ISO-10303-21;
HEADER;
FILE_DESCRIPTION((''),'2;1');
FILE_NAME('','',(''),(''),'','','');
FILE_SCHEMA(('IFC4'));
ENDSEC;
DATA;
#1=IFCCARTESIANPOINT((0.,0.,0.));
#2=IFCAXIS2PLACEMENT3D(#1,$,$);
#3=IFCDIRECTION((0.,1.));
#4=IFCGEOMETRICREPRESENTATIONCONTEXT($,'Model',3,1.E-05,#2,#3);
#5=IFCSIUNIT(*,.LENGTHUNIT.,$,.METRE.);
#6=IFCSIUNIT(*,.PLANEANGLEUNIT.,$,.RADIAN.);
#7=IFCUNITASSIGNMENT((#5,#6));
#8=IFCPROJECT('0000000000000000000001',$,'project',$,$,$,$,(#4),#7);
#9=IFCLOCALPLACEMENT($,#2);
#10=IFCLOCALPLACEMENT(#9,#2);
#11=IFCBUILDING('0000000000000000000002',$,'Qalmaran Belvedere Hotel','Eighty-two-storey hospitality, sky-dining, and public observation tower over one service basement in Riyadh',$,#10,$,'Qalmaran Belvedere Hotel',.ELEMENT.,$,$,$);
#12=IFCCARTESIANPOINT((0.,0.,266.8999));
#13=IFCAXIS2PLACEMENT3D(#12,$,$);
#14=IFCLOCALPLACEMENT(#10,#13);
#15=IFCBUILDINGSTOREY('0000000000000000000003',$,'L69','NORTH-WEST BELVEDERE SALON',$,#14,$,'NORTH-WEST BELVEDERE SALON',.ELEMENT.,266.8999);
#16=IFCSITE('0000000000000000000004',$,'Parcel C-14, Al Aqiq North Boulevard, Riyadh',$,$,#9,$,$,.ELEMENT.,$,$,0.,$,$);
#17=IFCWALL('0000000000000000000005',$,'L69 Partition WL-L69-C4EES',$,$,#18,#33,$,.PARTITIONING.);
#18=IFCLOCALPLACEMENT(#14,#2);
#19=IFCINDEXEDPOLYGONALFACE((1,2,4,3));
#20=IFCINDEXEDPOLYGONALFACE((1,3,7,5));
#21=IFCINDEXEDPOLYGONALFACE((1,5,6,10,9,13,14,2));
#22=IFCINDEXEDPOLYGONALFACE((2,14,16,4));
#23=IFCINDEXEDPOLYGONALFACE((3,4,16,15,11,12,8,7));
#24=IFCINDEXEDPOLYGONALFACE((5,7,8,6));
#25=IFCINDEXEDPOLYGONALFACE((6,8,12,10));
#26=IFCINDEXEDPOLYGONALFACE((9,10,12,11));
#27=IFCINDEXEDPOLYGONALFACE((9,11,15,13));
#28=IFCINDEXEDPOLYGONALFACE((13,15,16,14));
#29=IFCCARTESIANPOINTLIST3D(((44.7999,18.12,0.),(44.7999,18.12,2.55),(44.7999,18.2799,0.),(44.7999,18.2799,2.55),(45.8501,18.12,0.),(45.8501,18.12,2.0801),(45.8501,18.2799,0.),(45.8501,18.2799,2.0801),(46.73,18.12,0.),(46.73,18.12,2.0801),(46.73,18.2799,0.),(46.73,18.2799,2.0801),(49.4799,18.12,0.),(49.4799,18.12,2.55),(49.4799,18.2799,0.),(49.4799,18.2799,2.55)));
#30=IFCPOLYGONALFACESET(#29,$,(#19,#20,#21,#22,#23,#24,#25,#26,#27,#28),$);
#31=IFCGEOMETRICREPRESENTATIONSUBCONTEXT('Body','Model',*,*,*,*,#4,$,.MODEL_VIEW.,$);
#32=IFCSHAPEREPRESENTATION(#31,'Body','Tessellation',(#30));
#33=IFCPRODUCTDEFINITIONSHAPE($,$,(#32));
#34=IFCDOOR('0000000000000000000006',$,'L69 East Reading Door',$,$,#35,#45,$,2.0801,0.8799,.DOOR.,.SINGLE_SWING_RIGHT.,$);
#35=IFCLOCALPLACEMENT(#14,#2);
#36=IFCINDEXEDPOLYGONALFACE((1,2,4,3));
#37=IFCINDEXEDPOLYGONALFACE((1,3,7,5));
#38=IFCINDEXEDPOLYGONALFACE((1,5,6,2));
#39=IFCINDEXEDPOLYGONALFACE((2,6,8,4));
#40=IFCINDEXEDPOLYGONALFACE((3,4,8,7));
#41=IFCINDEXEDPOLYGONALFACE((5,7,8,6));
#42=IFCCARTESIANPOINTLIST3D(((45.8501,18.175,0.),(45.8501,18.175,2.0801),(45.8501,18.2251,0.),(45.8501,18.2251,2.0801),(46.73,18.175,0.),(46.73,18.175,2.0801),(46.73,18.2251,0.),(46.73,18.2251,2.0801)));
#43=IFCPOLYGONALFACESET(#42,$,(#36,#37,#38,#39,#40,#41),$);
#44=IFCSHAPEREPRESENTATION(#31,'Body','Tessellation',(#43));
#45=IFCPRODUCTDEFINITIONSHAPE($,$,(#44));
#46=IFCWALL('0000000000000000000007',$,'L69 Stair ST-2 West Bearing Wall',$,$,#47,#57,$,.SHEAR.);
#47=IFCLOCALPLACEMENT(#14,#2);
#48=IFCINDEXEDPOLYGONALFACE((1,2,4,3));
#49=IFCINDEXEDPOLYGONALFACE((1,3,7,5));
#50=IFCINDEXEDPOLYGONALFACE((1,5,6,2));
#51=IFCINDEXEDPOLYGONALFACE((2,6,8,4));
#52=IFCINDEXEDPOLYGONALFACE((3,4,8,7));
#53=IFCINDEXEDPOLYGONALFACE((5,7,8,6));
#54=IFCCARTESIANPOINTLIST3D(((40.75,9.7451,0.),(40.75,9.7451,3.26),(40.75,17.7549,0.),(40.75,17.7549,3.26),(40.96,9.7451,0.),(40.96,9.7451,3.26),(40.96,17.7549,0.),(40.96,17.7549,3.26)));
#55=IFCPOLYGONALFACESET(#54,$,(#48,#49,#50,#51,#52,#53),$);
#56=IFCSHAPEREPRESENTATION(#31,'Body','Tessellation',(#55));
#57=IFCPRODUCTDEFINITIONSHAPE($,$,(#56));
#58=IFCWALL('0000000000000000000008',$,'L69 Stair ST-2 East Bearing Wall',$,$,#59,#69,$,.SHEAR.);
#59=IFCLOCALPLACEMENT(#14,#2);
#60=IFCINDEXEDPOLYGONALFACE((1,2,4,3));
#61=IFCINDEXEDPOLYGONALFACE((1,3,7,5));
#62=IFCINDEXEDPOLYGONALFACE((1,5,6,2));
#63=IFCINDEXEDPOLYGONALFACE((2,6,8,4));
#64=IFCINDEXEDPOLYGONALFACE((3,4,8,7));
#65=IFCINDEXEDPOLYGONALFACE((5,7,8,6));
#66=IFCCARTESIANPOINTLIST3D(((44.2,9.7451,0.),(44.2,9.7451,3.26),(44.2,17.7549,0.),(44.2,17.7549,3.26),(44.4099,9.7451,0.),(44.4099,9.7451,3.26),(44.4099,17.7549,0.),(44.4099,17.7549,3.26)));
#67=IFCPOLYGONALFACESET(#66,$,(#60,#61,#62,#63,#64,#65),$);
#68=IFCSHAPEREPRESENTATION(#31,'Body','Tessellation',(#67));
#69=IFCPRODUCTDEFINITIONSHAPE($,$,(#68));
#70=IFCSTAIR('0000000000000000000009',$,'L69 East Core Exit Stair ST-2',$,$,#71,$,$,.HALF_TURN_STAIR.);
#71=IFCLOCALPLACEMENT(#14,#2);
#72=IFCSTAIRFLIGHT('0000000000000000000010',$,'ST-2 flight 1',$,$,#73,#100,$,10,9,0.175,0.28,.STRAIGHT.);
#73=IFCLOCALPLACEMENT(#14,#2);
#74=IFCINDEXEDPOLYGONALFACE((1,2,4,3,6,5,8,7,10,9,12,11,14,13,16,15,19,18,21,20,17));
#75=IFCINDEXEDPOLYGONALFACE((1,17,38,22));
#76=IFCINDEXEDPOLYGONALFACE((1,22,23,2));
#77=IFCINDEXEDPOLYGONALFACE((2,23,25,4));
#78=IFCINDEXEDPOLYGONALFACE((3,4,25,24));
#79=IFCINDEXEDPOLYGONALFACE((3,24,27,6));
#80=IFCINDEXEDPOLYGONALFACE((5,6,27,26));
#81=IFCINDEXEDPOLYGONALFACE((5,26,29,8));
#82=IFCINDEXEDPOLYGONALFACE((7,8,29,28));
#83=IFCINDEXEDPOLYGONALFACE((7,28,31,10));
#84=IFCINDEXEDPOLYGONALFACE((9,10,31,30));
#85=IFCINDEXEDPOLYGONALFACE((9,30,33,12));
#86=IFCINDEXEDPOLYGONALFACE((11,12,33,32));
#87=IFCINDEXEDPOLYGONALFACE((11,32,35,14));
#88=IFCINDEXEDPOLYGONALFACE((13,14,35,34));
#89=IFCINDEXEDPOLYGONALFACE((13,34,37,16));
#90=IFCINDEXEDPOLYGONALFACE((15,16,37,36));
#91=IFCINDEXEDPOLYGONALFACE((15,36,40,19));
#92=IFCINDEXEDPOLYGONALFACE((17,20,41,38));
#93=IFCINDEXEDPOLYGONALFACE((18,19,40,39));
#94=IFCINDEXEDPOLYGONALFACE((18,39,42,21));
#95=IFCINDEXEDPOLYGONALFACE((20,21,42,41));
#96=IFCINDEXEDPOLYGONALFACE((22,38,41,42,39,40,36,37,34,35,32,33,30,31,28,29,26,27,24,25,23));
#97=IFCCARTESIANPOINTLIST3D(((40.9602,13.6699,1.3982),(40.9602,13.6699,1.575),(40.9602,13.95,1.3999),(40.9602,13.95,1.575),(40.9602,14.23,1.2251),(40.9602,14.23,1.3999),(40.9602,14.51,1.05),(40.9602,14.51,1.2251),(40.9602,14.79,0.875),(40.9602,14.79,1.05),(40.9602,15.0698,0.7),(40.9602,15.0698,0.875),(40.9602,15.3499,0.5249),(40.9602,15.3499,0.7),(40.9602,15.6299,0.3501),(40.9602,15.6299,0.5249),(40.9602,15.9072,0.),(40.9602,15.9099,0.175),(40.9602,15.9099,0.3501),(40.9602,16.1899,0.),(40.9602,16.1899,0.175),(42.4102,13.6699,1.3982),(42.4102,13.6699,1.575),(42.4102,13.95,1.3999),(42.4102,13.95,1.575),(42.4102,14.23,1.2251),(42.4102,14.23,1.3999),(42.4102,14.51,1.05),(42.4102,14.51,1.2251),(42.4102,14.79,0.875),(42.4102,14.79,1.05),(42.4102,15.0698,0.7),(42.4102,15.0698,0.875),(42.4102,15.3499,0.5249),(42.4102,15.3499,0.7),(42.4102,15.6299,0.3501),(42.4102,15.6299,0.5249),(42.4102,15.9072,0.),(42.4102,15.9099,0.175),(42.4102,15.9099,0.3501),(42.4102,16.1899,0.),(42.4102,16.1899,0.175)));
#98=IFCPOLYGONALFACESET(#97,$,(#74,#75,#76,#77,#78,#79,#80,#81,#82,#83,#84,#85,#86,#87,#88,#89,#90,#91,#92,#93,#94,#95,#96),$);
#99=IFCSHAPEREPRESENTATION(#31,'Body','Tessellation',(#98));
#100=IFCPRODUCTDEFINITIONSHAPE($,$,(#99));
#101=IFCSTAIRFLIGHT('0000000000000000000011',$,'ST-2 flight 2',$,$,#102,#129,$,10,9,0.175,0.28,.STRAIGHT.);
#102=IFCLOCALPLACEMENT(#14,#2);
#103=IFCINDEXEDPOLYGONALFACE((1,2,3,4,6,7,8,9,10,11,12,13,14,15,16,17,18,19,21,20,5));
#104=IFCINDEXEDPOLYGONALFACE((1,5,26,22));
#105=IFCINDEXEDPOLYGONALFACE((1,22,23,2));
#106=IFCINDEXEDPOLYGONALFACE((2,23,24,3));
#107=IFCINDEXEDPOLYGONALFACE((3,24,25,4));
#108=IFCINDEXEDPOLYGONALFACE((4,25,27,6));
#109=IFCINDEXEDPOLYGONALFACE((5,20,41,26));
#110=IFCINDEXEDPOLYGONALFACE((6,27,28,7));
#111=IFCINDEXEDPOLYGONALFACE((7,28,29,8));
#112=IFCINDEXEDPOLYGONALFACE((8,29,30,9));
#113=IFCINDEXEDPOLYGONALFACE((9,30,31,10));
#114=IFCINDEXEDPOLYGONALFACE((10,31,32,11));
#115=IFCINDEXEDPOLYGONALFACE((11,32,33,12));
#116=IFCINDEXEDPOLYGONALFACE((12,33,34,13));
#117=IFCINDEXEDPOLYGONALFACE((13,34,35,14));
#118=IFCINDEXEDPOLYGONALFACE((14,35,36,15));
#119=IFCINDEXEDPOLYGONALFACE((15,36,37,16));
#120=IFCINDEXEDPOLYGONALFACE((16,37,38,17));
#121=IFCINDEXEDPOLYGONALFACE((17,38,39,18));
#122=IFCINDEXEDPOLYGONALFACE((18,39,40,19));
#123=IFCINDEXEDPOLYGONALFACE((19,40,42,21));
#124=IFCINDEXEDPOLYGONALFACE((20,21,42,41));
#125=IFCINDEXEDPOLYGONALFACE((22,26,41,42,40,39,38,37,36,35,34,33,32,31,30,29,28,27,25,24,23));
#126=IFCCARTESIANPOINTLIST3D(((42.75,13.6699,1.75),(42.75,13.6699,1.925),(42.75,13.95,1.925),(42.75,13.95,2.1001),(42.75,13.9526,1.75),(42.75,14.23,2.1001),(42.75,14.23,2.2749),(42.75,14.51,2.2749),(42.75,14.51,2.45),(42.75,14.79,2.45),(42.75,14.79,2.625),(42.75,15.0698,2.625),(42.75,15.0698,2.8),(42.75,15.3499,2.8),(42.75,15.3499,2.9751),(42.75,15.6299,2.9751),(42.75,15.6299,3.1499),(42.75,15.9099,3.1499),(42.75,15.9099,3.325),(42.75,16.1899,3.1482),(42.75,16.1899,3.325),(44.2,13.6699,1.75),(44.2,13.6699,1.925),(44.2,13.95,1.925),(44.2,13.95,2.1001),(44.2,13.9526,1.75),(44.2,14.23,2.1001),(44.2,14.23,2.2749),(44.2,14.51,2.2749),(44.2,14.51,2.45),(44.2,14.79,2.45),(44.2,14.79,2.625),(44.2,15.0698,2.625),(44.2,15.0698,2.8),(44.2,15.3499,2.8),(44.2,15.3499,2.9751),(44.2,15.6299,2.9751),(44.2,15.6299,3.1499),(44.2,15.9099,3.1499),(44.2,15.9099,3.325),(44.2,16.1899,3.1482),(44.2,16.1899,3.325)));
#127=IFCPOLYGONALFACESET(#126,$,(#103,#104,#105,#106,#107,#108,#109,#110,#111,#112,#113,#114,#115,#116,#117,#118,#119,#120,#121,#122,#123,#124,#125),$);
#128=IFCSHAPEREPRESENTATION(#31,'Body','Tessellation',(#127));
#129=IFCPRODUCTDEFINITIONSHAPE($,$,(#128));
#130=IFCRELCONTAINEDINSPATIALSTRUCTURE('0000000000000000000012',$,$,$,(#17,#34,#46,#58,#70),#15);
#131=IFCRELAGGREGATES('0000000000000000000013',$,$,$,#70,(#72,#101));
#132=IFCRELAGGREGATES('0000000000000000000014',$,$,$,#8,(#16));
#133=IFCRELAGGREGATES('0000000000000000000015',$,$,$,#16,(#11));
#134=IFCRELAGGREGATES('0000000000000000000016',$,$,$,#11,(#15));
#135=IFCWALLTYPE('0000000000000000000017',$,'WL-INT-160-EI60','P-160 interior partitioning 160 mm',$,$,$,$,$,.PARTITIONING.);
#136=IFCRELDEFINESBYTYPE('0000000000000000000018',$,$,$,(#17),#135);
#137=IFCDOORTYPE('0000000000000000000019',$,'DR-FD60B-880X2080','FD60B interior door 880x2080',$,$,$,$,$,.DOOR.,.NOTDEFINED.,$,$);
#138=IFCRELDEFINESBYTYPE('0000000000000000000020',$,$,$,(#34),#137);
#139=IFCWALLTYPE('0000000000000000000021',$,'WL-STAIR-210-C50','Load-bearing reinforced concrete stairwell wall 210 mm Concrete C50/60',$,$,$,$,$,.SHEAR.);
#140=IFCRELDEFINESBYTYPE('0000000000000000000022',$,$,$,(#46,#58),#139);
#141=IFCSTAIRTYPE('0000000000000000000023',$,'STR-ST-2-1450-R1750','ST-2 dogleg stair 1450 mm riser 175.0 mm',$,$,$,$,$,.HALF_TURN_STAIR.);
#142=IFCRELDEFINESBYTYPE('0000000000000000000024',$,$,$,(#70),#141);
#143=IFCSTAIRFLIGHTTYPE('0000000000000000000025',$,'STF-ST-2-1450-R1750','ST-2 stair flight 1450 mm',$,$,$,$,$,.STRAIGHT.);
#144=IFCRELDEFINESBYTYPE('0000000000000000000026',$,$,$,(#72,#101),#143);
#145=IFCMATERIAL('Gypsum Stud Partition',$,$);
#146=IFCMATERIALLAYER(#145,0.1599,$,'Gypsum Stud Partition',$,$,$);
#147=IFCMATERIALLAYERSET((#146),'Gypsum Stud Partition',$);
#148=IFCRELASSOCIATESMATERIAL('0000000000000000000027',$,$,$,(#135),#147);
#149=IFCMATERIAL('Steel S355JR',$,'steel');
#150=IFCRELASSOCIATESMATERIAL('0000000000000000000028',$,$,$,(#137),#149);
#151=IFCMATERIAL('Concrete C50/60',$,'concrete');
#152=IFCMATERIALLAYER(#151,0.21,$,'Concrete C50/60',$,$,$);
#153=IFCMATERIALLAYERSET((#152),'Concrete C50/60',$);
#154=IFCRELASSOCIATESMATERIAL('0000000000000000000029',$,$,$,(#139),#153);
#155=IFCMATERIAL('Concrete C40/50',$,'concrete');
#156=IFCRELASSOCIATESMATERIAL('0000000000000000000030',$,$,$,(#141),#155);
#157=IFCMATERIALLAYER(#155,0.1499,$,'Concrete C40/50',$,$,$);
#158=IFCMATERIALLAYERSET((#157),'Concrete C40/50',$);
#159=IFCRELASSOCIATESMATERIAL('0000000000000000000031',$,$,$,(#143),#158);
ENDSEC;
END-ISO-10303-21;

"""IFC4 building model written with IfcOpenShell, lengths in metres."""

from ifc_helpers import new_model, si_unit, direction, frame, frame_2d, origin, place, context, subcontext, project, spatial, polyline, rectangle, outline, extrude, material, layer, layer_set, type_object, element, fill, aggregate, save


model = new_model("IFC4")

# Units and contexts
model_context = context("Model", 3, precision=1e-05, world=origin(), true_north=direction((0.0, 1.0)))
body_context = subcontext(model_context, "Body", "Model", "MODEL_VIEW")
ifc_project = project(units=[si_unit("LENGTHUNIT", "METRE"), si_unit("PLANEANGLEUNIT", "RADIAN")], contexts=[model_context])

# Site, building, storey
site_placement = place(None, origin())
site = spatial("IfcSite", under=ifc_project, at=site_placement, Name="Parcel C-14, Al Aqiq North Boulevard, Riyadh", CompositionType="ELEMENT", RefElevation=0.0)
building_placement = place(site_placement, origin())
building = spatial("IfcBuilding", under=site, at=building_placement, Name="Qalmaran Belvedere Hotel", Description="Eighty-two-storey hospitality, sky-dining, and public observation tower over one service basement in Riyadh", LongName="Qalmaran Belvedere Hotel", CompositionType="ELEMENT")
storey_placement = place(building_placement, frame((0.0, 0.0, 266.8999)))
storey = spatial("IfcBuildingStorey", under=building, at=storey_placement, Name="L69", Description="NORTH-WEST BELVEDERE SALON", LongName="NORTH-WEST BELVEDERE SALON", CompositionType="ELEMENT", Elevation=266.8999)

# Shared definitions
ifc_material_1 = material(Name="Concrete C50/60", Category="concrete")

# Shared definitions
ifc_material_2 = material(Name="Steel S355JR", Category="steel")

# Wall, opening, door
ifc_material_3 = material(Name="Gypsum Stud Partition")
ifc_layer_1 = layer(ifc_material_3, 0.1599, Name="Gypsum Stud Partition")
ifc_layer_set_1 = layer_set([ifc_layer_1], Name="Gypsum Stud Partition")
wall_type_1 = type_object("IfcWallType", Name="WL-INT-160-EI60", Description="P-160 interior partitioning 160 mm", PredefinedType="PARTITIONING", material=ifc_layer_set_1)
wall_1_placement = place(storey_placement, frame((44.8, 18.2, 0.0), z_axis=(0.0, 0.0, 1.0), x_axis=(1.0, 0.0, 0.0)))
wall_1 = element("IfcWall", 1, at=wall_1_placement, inside=storey, type_object=wall_type_1, Name="L69 Partition WL-L69-C4EES", PredefinedType="PARTITIONING", context=body_context, shape_type="SweptSolid", body=[
    extrude(rectangle(XDim=4.6799, YDim=0.1599, at=frame_2d((2.3398, 0.0))), origin(), (0.0, 0.0, 1.0), 2.55),
])
opening_1_placement = place(wall_1_placement, frame((1.9299, 0.0, 0.0), z_axis=(0.0, 0.0, 1.0), x_axis=(-1.0, 0.0, 0.0)))
opening_1 = element("IfcOpeningElement", 2, at=opening_1_placement, cuts=wall_1, PredefinedType="OPENING", context=body_context, shape_type="SweptSolid", body=[
    extrude(rectangle(XDim=0.8799, YDim=2.0801, at=frame_2d((0.4399, 1.04))), frame((0.0, 0.0898, 0.0), z_axis=(0.0, -1.0, 0.0), x_axis=(1.0, 0.0, 0.0)), (0.0, 0.0, 1.0), 0.1799),
])
door_type = type_object("IfcDoorType", Name="DR-FD60B-880X2080", Description="FD60B interior door 880x2080", OperationType="NOTDEFINED", PredefinedType="DOOR", material=ifc_material_2)
door_placement = place(opening_1_placement, origin())
door = element("IfcDoor", 3, at=door_placement, inside=storey, type_object=door_type, Name="L69 East Reading Door", OperationType="SINGLE_SWING_RIGHT", OverallHeight=2.0801, OverallWidth=0.8799, PredefinedType="DOOR", context=body_context, shape_type="SweptSolid", body=[
    extrude(rectangle(XDim=0.8799, YDim=2.0801, at=frame_2d((0.4399, 1.04))), frame((0.0, 0.0249, 0.0), z_axis=(0.0, -1.0, 0.0), x_axis=(1.0, 0.0, 0.0)), (0.0, 0.0, 1.0), 0.05),
])
fill(opening_1, door)

# Walls
ifc_layer_2 = layer(ifc_material_1, 0.21, Name="Concrete C50/60")
ifc_layer_set_2 = layer_set([ifc_layer_2], Name="Concrete C50/60")
wall_type_2 = type_object("IfcWallType", Name="WL-STAIR-210-C50", Description="Load-bearing reinforced concrete stairwell wall 210 mm Concrete C50/60", PredefinedType="SHEAR", material=ifc_layer_set_2)
for number, where, z_axis, x_axis, name in (
    (4, (40.855, 9.7451, 0.0), (0.0, 0.0, 1.0), (0.0, 1.0, 0.0), "L69 Stair ST-2 West Bearing Wall"),
    (5, (44.3049, 9.7451, 0.0), (0.0, 0.0, 1.0), (0.0, 1.0, 0.0), "L69 Stair ST-2 East Bearing Wall"),
):
    element("IfcWall", number, at=place(storey_placement, frame(where, z_axis=z_axis, x_axis=x_axis)), inside=storey, type_object=wall_type_2, Name=name, PredefinedType="SHEAR", context=body_context, shape_type="SweptSolid", body=[
        extrude(rectangle(XDim=8.0098, YDim=0.21, at=frame_2d((4.0049, 0.0))), origin(), (0.0, 0.0, 1.0), 3.26),
    ])

# Stair, stair flights
ifc_material_4 = material(Name="Concrete C40/50", Category="concrete")
stair_type = type_object("IfcStairType", Name="STR-ST-2-1450-R1750", Description="ST-2 dogleg stair 1450 mm riser 175.0 mm", PredefinedType="HALF_TURN_STAIR", material=ifc_material_4)
stair_placement = place(storey_placement, origin())
stair = element("IfcStair", 6, at=stair_placement, inside=storey, type_object=stair_type, Name="L69 East Core Exit Stair ST-2", PredefinedType="HALF_TURN_STAIR")
ifc_layer_3 = layer(ifc_material_4, 0.1499, Name="Concrete C40/50")
ifc_layer_set_3 = layer_set([ifc_layer_3], Name="Concrete C40/50")
stair_flight_type = type_object("IfcStairFlightType", Name="STF-ST-2-1450-R1750", Description="ST-2 stair flight 1450 mm", PredefinedType="STRAIGHT", material=ifc_layer_set_3)
stair_flight_1_placement = place(storey_placement, frame((41.6851, 16.1899, 0.0), z_axis=(0.0, 0.0, 1.0), x_axis=(0.0, -1.0, 0.0)))
stair_flight_1 = element("IfcStairFlight", 7, at=stair_flight_1_placement, type_object=stair_flight_type, Name="ST-2 flight 1", NumberOfRisers=10, NumberOfTreads=9, PredefinedType="STRAIGHT", RiserHeight=0.175, TreadLength=0.28, context=body_context, shape_type="SweptSolid", body=[
    extrude(outline(polyline([(0.0, 0.0), (0.0, 0.175), (0.28, 0.175), (0.28, 0.3501), (0.5601, 0.3501), (0.5601, 0.5249), (0.8401, 0.5249), (0.8401, 0.7), (1.1201, 0.7), (1.1201, 0.875), (1.3999, 0.875), (1.3999, 1.05), (1.6799, 1.05), (1.6799, 1.2251), (1.96, 1.2251), (1.96, 1.3999), (2.24, 1.3999), (2.24, 1.575), (2.52, 1.575), (2.52, 1.75), (2.52, 1.3982), (0.2827, 0.0), (0.0, 0.0)])), frame((0.0, 0.7251, 0.0), z_axis=(0.0, -1.0, 0.0), x_axis=(1.0, 0.0, 0.0)), (0.0, 0.0, 1.0), 1.45),
])
stair_flight_2_placement = place(storey_placement, frame((43.4751, 13.6699, 1.75), z_axis=(0.0, 0.0, 1.0), x_axis=(0.0, 1.0, 0.0)))
stair_flight_2 = element("IfcStairFlight", 8, at=stair_flight_2_placement, type_object=stair_flight_type, Name="ST-2 flight 2", NumberOfRisers=10, NumberOfTreads=9, PredefinedType="STRAIGHT", RiserHeight=0.175, TreadLength=0.28, context=body_context, shape_type="SweptSolid", body=[
    extrude(outline(polyline([(0.0, 0.0), (0.0, 0.175), (0.28, 0.175), (0.28, 0.3501), (0.5601, 0.3501), (0.5601, 0.5249), (0.8401, 0.5249), (0.8401, 0.7), (1.1201, 0.7), (1.1201, 0.875), (1.3999, 0.875), (1.3999, 1.05), (1.6799, 1.05), (1.6799, 1.2251), (1.96, 1.2251), (1.96, 1.3999), (2.24, 1.3999), (2.24, 1.575), (2.52, 1.575), (2.52, 1.75), (2.52, 1.3982), (0.2827, 0.0), (0.0, 0.0)])), frame((0.0, 0.7251, 0.0), z_axis=(0.0, -1.0, 0.0), x_axis=(1.0, 0.0, 0.0)), (0.0, 0.0, 1.0), 1.45),
])
aggregate(stair, [stair_flight_1, stair_flight_2])

save(model, "model.ifc")
